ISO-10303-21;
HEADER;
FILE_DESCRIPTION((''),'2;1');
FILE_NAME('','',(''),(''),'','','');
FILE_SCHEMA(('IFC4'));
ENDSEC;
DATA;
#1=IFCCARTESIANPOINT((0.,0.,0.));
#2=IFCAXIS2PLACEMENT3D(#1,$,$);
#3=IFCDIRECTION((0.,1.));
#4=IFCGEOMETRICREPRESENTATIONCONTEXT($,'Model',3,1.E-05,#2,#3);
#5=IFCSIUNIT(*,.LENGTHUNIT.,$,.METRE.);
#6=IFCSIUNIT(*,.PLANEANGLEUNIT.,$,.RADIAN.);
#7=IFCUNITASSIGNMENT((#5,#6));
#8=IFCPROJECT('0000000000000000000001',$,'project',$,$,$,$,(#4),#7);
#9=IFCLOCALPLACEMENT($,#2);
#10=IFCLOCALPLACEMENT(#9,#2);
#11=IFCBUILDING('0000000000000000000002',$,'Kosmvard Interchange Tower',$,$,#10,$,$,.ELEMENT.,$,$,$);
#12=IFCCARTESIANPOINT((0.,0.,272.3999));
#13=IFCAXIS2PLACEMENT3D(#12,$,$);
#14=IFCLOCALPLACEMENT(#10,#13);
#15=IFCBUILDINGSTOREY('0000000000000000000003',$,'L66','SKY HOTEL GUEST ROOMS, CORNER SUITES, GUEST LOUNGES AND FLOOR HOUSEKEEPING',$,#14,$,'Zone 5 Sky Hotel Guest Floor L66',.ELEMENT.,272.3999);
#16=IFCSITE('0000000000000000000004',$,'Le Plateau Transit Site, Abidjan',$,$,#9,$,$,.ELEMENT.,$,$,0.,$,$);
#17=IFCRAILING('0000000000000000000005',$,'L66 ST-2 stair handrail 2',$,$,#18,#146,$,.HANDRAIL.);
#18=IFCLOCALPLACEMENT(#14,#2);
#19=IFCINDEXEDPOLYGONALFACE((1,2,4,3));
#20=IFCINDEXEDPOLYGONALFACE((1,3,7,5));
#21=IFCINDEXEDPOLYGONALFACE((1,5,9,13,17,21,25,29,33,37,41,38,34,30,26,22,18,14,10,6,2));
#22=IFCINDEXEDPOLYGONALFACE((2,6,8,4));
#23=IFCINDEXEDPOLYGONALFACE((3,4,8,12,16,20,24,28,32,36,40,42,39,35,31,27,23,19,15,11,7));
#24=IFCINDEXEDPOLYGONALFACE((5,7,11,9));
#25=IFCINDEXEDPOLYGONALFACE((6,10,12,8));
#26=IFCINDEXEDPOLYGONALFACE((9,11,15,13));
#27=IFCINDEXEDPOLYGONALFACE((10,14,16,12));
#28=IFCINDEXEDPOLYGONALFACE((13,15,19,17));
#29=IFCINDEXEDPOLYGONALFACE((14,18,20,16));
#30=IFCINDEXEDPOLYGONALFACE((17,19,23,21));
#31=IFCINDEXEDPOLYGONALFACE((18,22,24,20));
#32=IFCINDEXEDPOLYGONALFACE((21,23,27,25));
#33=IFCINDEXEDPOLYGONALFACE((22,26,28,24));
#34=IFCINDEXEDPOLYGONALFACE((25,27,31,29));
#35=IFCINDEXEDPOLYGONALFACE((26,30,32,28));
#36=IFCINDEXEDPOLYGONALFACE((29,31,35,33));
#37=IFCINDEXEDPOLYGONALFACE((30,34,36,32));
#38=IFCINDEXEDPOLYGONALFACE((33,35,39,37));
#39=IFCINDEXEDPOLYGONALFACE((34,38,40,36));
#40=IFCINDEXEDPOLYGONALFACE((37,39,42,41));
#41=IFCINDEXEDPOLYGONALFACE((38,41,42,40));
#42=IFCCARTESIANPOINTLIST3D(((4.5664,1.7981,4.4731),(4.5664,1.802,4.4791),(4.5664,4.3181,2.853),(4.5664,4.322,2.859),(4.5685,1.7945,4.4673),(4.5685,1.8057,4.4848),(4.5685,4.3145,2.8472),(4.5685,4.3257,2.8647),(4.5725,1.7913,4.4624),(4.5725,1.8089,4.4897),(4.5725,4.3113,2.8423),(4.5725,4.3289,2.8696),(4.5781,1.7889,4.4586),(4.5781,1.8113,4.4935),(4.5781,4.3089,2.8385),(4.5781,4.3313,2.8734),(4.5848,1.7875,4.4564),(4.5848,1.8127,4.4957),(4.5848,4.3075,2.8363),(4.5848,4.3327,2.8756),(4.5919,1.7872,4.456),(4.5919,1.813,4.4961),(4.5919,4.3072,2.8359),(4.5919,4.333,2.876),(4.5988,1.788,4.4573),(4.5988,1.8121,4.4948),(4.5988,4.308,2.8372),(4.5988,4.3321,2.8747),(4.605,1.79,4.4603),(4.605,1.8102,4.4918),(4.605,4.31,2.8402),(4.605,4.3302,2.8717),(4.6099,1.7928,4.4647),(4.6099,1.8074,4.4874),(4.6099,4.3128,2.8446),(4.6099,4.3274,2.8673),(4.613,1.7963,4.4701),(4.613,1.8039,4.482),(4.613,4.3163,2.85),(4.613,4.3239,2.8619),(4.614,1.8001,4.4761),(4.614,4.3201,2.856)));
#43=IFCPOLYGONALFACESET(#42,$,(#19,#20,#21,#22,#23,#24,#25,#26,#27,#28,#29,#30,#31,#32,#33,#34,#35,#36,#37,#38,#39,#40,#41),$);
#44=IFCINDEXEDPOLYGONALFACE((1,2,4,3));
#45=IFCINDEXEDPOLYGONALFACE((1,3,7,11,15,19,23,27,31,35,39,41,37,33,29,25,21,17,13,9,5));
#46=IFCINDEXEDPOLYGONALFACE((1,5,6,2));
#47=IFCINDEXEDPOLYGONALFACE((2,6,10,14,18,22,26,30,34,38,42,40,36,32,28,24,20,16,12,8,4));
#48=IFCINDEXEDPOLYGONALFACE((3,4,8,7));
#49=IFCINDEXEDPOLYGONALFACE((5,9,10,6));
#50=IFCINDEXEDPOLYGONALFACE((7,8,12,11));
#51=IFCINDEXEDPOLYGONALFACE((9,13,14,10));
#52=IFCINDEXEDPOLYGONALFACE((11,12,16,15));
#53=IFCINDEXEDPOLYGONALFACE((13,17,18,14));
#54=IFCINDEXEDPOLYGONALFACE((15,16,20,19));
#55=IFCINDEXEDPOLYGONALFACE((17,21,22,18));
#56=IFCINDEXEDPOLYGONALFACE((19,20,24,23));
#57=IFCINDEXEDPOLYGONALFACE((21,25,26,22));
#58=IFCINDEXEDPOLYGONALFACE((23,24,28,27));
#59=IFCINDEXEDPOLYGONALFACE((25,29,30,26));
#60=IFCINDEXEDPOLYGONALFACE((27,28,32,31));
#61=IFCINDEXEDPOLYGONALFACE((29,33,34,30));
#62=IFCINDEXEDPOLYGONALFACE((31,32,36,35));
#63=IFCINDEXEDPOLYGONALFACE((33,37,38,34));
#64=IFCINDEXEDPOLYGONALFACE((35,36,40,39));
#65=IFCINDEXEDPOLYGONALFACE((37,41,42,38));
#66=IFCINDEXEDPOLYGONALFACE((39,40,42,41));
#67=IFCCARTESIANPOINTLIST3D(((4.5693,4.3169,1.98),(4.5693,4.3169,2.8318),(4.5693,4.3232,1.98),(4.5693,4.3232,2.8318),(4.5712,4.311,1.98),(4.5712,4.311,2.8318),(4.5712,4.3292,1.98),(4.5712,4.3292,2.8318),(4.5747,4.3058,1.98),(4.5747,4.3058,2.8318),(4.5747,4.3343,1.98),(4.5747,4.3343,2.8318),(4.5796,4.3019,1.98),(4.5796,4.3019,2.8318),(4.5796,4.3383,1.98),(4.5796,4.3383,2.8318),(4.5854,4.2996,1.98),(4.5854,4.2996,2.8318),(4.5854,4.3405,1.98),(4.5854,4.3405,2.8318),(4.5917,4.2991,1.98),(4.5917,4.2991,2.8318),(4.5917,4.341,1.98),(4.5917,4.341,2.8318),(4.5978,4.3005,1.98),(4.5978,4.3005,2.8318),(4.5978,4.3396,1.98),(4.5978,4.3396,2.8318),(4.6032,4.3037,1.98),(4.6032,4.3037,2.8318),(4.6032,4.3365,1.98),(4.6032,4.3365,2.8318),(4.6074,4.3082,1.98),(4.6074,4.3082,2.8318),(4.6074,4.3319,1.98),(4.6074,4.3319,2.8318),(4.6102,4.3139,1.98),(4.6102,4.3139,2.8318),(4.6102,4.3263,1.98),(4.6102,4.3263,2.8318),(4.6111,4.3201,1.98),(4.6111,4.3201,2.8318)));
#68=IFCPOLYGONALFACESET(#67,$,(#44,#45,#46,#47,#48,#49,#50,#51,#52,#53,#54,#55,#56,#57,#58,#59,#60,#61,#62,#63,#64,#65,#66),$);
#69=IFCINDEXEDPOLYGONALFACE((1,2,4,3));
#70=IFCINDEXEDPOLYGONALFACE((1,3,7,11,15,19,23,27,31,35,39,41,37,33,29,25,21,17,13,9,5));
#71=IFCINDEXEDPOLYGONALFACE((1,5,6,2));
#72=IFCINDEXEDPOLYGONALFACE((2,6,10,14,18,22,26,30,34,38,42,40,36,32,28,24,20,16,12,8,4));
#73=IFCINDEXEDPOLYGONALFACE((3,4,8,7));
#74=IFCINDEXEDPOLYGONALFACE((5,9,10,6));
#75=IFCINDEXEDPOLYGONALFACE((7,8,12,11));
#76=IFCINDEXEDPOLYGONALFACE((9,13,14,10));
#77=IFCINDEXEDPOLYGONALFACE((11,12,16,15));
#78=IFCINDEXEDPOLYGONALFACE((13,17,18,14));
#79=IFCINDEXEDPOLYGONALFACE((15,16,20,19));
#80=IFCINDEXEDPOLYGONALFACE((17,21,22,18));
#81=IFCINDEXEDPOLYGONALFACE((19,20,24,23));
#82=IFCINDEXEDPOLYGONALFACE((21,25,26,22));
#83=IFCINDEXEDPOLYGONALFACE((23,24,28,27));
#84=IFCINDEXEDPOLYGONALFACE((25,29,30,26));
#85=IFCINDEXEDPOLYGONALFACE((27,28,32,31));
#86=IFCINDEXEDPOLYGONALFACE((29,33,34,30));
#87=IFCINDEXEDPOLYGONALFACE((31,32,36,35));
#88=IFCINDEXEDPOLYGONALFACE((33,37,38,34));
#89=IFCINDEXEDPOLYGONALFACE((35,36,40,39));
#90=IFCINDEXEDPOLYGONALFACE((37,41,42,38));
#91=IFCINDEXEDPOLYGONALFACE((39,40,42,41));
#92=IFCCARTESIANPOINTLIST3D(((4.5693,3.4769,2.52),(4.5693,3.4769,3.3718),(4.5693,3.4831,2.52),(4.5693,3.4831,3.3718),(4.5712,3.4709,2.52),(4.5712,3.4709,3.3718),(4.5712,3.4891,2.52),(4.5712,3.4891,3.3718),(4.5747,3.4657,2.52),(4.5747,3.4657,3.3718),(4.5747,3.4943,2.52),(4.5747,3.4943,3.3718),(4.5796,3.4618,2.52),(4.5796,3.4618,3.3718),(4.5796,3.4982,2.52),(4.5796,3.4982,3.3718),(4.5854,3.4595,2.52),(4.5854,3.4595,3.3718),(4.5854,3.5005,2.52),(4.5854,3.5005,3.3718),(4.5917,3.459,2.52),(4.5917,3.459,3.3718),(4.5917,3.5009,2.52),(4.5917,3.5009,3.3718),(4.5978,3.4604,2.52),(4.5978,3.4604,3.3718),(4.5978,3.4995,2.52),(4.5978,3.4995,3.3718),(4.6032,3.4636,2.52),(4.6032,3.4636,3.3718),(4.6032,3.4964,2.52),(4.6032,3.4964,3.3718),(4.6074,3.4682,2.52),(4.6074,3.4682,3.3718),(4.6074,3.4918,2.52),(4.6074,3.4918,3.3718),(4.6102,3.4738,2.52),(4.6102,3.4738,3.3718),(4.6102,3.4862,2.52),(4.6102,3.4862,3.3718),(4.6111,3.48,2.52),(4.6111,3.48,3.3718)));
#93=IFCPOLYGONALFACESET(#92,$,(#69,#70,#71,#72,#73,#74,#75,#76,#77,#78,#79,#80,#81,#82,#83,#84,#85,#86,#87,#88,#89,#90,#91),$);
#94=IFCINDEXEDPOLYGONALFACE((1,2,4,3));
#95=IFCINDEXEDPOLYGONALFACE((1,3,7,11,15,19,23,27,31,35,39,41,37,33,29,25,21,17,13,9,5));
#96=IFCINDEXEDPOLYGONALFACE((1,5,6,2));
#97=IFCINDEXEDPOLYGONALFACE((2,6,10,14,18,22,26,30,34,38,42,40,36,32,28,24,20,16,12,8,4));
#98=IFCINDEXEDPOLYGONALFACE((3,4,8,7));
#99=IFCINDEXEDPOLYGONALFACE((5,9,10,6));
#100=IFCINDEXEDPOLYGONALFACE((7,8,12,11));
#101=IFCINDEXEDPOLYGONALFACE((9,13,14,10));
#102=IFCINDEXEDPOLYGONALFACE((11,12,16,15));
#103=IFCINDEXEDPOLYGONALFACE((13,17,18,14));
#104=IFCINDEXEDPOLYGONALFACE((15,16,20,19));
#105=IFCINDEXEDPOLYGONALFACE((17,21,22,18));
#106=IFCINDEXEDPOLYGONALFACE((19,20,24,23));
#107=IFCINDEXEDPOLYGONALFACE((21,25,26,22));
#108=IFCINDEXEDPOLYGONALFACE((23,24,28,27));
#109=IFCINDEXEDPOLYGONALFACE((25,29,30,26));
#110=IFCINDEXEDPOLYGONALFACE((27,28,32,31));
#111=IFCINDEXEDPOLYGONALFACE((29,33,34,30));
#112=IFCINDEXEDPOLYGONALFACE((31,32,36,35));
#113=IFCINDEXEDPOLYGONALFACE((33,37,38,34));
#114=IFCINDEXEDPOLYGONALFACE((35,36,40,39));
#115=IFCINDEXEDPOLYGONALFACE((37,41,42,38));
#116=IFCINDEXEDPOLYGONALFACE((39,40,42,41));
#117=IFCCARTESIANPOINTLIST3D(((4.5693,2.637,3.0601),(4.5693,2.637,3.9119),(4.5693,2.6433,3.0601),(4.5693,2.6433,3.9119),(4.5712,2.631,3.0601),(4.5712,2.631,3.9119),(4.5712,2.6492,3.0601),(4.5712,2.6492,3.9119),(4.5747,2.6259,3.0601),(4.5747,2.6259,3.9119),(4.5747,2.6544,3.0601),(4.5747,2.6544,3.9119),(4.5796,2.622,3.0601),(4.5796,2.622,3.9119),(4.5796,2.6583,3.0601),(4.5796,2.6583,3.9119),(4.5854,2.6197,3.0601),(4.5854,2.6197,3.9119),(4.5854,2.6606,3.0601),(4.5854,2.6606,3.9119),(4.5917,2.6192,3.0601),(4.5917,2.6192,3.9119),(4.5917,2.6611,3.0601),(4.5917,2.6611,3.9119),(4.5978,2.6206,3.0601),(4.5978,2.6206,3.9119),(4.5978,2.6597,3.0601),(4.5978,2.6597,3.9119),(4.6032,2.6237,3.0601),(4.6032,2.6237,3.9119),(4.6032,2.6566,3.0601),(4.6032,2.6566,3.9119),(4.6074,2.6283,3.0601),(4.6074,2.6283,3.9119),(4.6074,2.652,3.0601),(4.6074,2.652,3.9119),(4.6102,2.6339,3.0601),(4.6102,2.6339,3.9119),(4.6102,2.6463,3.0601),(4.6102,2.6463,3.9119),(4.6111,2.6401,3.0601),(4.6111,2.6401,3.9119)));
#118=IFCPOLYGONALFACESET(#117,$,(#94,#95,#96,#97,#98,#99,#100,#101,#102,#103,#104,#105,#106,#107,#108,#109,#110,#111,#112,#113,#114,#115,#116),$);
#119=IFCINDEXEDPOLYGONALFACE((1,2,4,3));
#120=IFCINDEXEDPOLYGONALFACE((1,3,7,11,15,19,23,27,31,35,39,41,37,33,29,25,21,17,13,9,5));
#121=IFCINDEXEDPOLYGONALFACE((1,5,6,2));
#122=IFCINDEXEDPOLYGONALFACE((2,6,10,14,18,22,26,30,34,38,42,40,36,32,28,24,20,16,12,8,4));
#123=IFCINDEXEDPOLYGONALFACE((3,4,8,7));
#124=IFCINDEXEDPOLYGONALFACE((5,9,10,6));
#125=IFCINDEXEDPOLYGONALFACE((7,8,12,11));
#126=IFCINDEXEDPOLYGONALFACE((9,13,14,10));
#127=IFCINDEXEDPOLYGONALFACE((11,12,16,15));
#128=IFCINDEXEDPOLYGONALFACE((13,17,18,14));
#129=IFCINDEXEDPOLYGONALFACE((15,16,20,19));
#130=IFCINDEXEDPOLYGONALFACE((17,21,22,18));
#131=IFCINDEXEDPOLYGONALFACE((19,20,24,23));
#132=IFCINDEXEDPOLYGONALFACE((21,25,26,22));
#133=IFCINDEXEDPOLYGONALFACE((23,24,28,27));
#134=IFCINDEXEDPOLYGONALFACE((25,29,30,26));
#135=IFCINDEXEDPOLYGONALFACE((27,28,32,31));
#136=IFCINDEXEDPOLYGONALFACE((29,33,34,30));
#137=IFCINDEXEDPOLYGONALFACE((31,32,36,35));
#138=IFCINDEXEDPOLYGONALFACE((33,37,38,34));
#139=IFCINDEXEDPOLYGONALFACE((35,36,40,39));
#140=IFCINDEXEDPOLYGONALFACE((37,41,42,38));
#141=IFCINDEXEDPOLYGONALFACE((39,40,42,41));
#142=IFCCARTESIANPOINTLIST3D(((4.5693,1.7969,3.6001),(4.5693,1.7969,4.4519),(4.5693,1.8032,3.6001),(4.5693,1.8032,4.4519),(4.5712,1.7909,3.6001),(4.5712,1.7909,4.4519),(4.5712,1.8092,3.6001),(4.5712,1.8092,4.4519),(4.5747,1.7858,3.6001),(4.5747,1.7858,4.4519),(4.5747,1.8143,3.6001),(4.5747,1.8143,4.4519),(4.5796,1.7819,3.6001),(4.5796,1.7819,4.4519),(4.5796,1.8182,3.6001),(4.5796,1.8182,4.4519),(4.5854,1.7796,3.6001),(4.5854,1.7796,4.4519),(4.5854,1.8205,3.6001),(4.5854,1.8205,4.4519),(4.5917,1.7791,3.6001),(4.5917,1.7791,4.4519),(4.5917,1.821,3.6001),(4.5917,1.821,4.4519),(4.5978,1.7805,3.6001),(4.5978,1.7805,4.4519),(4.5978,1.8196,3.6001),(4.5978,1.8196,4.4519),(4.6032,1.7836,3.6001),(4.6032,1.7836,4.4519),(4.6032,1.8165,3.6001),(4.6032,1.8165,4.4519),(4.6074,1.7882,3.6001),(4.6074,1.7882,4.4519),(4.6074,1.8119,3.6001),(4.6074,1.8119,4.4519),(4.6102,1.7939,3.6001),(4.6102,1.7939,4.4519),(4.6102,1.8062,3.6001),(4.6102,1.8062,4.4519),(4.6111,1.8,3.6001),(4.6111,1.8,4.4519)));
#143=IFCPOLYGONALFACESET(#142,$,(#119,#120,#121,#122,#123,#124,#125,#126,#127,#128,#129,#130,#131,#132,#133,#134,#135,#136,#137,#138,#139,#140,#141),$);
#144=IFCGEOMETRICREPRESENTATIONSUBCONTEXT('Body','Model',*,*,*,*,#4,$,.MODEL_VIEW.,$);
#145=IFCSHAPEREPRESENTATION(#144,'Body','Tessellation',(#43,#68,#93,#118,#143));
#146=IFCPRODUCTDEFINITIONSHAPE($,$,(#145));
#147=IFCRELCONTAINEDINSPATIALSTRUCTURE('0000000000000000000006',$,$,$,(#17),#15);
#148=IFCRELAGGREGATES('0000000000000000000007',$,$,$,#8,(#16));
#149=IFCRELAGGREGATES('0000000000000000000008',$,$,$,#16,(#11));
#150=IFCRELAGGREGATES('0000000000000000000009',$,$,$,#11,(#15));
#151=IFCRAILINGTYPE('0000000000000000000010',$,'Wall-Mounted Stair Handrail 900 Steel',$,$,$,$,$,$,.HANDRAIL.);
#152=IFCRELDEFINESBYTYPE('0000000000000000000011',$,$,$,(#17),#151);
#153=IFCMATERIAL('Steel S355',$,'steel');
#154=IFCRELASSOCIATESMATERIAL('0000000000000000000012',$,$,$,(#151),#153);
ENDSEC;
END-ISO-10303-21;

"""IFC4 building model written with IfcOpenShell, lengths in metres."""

from ifc_helpers import new_model, si_unit, direction, frame, origin, origin_2d, place, context, subcontext, project, spatial, circle, extrude, source, transform, mapped, material, type_object, element, save


model = new_model("IFC4")

# Units and contexts
model_context = context("Model", 3, precision=1e-05, world=origin(), true_north=direction((0.0, 1.0)))
body_context = subcontext(model_context, "Body", "Model", "MODEL_VIEW")
ifc_project = project(units=[si_unit("LENGTHUNIT", "METRE"), si_unit("PLANEANGLEUNIT", "RADIAN")], contexts=[model_context])

# Site, building, storey
site_placement = place(None, origin())
site = spatial("IfcSite", under=ifc_project, at=site_placement, Name="Le Plateau Transit Site, Abidjan", CompositionType="ELEMENT", RefElevation=0.0)
building_placement = place(site_placement, origin())
building = spatial("IfcBuilding", under=site, at=building_placement, Name="Kosmvard Interchange Tower", CompositionType="ELEMENT")
storey_placement = place(building_placement, frame((0.0, 0.0, 272.3999)))
storey = spatial("IfcBuildingStorey", under=building, at=storey_placement, Name="L66", Description="SKY HOTEL GUEST ROOMS, CORNER SUITES, GUEST LOUNGES AND FLOOR HOUSEKEEPING", LongName="Zone 5 Sky Hotel Guest Floor L66", CompositionType="ELEMENT", Elevation=272.3999)

# Shared definitions
ifc_material_1 = material(Name="Steel S355", Category="steel")

# Railing
railing_type_1 = type_object("IfcRailingType", Name="Wall-Mounted Stair Handrail 900 Steel", PredefinedType="HANDRAIL", material=ifc_material_1)
shared_shape_1 = source(origin(), body_context, "Body", "SweptSolid", [
    extrude(circle(Radius=0.0239, at=origin_2d()), frame((0.0, 0.0, 0.876), z_axis=(0.0, -0.841163, 0.540782), x_axis=(1.0, 0.0, 0.0)), (0.0, 0.0, 1.0), 2.9958),
    extrude(circle(Radius=0.021, at=origin_2d()), origin(), (0.0, 0.0, 1.0), 0.8518),
    extrude(circle(Radius=0.021, at=origin_2d()), frame((0.0, -0.8401, 0.54)), (0.0, 0.0, 1.0), 0.8518),
    extrude(circle(Radius=0.021, at=origin_2d()), frame((0.0, -1.6799, 1.0801)), (0.0, 0.0, 1.0), 0.8518),
    extrude(circle(Radius=0.021, at=origin_2d()), frame((0.0, -2.52, 1.6201)), (0.0, 0.0, 1.0), 0.8518),
])
railing_1_placement = place(storey_placement, frame((4.5901, 4.3201, 1.98)))
element("IfcRailing", 1, at=railing_1_placement, inside=storey, type_object=railing_type_1, Name="L66 ST-2 stair handrail 2", PredefinedType="HANDRAIL", context=body_context, shape_type="MappedRepresentation", body=[
    mapped(shared_shape_1, transform((0.0, 0.0, 0.0), scale=1.0)),
])

save(model, "model.ifc")
